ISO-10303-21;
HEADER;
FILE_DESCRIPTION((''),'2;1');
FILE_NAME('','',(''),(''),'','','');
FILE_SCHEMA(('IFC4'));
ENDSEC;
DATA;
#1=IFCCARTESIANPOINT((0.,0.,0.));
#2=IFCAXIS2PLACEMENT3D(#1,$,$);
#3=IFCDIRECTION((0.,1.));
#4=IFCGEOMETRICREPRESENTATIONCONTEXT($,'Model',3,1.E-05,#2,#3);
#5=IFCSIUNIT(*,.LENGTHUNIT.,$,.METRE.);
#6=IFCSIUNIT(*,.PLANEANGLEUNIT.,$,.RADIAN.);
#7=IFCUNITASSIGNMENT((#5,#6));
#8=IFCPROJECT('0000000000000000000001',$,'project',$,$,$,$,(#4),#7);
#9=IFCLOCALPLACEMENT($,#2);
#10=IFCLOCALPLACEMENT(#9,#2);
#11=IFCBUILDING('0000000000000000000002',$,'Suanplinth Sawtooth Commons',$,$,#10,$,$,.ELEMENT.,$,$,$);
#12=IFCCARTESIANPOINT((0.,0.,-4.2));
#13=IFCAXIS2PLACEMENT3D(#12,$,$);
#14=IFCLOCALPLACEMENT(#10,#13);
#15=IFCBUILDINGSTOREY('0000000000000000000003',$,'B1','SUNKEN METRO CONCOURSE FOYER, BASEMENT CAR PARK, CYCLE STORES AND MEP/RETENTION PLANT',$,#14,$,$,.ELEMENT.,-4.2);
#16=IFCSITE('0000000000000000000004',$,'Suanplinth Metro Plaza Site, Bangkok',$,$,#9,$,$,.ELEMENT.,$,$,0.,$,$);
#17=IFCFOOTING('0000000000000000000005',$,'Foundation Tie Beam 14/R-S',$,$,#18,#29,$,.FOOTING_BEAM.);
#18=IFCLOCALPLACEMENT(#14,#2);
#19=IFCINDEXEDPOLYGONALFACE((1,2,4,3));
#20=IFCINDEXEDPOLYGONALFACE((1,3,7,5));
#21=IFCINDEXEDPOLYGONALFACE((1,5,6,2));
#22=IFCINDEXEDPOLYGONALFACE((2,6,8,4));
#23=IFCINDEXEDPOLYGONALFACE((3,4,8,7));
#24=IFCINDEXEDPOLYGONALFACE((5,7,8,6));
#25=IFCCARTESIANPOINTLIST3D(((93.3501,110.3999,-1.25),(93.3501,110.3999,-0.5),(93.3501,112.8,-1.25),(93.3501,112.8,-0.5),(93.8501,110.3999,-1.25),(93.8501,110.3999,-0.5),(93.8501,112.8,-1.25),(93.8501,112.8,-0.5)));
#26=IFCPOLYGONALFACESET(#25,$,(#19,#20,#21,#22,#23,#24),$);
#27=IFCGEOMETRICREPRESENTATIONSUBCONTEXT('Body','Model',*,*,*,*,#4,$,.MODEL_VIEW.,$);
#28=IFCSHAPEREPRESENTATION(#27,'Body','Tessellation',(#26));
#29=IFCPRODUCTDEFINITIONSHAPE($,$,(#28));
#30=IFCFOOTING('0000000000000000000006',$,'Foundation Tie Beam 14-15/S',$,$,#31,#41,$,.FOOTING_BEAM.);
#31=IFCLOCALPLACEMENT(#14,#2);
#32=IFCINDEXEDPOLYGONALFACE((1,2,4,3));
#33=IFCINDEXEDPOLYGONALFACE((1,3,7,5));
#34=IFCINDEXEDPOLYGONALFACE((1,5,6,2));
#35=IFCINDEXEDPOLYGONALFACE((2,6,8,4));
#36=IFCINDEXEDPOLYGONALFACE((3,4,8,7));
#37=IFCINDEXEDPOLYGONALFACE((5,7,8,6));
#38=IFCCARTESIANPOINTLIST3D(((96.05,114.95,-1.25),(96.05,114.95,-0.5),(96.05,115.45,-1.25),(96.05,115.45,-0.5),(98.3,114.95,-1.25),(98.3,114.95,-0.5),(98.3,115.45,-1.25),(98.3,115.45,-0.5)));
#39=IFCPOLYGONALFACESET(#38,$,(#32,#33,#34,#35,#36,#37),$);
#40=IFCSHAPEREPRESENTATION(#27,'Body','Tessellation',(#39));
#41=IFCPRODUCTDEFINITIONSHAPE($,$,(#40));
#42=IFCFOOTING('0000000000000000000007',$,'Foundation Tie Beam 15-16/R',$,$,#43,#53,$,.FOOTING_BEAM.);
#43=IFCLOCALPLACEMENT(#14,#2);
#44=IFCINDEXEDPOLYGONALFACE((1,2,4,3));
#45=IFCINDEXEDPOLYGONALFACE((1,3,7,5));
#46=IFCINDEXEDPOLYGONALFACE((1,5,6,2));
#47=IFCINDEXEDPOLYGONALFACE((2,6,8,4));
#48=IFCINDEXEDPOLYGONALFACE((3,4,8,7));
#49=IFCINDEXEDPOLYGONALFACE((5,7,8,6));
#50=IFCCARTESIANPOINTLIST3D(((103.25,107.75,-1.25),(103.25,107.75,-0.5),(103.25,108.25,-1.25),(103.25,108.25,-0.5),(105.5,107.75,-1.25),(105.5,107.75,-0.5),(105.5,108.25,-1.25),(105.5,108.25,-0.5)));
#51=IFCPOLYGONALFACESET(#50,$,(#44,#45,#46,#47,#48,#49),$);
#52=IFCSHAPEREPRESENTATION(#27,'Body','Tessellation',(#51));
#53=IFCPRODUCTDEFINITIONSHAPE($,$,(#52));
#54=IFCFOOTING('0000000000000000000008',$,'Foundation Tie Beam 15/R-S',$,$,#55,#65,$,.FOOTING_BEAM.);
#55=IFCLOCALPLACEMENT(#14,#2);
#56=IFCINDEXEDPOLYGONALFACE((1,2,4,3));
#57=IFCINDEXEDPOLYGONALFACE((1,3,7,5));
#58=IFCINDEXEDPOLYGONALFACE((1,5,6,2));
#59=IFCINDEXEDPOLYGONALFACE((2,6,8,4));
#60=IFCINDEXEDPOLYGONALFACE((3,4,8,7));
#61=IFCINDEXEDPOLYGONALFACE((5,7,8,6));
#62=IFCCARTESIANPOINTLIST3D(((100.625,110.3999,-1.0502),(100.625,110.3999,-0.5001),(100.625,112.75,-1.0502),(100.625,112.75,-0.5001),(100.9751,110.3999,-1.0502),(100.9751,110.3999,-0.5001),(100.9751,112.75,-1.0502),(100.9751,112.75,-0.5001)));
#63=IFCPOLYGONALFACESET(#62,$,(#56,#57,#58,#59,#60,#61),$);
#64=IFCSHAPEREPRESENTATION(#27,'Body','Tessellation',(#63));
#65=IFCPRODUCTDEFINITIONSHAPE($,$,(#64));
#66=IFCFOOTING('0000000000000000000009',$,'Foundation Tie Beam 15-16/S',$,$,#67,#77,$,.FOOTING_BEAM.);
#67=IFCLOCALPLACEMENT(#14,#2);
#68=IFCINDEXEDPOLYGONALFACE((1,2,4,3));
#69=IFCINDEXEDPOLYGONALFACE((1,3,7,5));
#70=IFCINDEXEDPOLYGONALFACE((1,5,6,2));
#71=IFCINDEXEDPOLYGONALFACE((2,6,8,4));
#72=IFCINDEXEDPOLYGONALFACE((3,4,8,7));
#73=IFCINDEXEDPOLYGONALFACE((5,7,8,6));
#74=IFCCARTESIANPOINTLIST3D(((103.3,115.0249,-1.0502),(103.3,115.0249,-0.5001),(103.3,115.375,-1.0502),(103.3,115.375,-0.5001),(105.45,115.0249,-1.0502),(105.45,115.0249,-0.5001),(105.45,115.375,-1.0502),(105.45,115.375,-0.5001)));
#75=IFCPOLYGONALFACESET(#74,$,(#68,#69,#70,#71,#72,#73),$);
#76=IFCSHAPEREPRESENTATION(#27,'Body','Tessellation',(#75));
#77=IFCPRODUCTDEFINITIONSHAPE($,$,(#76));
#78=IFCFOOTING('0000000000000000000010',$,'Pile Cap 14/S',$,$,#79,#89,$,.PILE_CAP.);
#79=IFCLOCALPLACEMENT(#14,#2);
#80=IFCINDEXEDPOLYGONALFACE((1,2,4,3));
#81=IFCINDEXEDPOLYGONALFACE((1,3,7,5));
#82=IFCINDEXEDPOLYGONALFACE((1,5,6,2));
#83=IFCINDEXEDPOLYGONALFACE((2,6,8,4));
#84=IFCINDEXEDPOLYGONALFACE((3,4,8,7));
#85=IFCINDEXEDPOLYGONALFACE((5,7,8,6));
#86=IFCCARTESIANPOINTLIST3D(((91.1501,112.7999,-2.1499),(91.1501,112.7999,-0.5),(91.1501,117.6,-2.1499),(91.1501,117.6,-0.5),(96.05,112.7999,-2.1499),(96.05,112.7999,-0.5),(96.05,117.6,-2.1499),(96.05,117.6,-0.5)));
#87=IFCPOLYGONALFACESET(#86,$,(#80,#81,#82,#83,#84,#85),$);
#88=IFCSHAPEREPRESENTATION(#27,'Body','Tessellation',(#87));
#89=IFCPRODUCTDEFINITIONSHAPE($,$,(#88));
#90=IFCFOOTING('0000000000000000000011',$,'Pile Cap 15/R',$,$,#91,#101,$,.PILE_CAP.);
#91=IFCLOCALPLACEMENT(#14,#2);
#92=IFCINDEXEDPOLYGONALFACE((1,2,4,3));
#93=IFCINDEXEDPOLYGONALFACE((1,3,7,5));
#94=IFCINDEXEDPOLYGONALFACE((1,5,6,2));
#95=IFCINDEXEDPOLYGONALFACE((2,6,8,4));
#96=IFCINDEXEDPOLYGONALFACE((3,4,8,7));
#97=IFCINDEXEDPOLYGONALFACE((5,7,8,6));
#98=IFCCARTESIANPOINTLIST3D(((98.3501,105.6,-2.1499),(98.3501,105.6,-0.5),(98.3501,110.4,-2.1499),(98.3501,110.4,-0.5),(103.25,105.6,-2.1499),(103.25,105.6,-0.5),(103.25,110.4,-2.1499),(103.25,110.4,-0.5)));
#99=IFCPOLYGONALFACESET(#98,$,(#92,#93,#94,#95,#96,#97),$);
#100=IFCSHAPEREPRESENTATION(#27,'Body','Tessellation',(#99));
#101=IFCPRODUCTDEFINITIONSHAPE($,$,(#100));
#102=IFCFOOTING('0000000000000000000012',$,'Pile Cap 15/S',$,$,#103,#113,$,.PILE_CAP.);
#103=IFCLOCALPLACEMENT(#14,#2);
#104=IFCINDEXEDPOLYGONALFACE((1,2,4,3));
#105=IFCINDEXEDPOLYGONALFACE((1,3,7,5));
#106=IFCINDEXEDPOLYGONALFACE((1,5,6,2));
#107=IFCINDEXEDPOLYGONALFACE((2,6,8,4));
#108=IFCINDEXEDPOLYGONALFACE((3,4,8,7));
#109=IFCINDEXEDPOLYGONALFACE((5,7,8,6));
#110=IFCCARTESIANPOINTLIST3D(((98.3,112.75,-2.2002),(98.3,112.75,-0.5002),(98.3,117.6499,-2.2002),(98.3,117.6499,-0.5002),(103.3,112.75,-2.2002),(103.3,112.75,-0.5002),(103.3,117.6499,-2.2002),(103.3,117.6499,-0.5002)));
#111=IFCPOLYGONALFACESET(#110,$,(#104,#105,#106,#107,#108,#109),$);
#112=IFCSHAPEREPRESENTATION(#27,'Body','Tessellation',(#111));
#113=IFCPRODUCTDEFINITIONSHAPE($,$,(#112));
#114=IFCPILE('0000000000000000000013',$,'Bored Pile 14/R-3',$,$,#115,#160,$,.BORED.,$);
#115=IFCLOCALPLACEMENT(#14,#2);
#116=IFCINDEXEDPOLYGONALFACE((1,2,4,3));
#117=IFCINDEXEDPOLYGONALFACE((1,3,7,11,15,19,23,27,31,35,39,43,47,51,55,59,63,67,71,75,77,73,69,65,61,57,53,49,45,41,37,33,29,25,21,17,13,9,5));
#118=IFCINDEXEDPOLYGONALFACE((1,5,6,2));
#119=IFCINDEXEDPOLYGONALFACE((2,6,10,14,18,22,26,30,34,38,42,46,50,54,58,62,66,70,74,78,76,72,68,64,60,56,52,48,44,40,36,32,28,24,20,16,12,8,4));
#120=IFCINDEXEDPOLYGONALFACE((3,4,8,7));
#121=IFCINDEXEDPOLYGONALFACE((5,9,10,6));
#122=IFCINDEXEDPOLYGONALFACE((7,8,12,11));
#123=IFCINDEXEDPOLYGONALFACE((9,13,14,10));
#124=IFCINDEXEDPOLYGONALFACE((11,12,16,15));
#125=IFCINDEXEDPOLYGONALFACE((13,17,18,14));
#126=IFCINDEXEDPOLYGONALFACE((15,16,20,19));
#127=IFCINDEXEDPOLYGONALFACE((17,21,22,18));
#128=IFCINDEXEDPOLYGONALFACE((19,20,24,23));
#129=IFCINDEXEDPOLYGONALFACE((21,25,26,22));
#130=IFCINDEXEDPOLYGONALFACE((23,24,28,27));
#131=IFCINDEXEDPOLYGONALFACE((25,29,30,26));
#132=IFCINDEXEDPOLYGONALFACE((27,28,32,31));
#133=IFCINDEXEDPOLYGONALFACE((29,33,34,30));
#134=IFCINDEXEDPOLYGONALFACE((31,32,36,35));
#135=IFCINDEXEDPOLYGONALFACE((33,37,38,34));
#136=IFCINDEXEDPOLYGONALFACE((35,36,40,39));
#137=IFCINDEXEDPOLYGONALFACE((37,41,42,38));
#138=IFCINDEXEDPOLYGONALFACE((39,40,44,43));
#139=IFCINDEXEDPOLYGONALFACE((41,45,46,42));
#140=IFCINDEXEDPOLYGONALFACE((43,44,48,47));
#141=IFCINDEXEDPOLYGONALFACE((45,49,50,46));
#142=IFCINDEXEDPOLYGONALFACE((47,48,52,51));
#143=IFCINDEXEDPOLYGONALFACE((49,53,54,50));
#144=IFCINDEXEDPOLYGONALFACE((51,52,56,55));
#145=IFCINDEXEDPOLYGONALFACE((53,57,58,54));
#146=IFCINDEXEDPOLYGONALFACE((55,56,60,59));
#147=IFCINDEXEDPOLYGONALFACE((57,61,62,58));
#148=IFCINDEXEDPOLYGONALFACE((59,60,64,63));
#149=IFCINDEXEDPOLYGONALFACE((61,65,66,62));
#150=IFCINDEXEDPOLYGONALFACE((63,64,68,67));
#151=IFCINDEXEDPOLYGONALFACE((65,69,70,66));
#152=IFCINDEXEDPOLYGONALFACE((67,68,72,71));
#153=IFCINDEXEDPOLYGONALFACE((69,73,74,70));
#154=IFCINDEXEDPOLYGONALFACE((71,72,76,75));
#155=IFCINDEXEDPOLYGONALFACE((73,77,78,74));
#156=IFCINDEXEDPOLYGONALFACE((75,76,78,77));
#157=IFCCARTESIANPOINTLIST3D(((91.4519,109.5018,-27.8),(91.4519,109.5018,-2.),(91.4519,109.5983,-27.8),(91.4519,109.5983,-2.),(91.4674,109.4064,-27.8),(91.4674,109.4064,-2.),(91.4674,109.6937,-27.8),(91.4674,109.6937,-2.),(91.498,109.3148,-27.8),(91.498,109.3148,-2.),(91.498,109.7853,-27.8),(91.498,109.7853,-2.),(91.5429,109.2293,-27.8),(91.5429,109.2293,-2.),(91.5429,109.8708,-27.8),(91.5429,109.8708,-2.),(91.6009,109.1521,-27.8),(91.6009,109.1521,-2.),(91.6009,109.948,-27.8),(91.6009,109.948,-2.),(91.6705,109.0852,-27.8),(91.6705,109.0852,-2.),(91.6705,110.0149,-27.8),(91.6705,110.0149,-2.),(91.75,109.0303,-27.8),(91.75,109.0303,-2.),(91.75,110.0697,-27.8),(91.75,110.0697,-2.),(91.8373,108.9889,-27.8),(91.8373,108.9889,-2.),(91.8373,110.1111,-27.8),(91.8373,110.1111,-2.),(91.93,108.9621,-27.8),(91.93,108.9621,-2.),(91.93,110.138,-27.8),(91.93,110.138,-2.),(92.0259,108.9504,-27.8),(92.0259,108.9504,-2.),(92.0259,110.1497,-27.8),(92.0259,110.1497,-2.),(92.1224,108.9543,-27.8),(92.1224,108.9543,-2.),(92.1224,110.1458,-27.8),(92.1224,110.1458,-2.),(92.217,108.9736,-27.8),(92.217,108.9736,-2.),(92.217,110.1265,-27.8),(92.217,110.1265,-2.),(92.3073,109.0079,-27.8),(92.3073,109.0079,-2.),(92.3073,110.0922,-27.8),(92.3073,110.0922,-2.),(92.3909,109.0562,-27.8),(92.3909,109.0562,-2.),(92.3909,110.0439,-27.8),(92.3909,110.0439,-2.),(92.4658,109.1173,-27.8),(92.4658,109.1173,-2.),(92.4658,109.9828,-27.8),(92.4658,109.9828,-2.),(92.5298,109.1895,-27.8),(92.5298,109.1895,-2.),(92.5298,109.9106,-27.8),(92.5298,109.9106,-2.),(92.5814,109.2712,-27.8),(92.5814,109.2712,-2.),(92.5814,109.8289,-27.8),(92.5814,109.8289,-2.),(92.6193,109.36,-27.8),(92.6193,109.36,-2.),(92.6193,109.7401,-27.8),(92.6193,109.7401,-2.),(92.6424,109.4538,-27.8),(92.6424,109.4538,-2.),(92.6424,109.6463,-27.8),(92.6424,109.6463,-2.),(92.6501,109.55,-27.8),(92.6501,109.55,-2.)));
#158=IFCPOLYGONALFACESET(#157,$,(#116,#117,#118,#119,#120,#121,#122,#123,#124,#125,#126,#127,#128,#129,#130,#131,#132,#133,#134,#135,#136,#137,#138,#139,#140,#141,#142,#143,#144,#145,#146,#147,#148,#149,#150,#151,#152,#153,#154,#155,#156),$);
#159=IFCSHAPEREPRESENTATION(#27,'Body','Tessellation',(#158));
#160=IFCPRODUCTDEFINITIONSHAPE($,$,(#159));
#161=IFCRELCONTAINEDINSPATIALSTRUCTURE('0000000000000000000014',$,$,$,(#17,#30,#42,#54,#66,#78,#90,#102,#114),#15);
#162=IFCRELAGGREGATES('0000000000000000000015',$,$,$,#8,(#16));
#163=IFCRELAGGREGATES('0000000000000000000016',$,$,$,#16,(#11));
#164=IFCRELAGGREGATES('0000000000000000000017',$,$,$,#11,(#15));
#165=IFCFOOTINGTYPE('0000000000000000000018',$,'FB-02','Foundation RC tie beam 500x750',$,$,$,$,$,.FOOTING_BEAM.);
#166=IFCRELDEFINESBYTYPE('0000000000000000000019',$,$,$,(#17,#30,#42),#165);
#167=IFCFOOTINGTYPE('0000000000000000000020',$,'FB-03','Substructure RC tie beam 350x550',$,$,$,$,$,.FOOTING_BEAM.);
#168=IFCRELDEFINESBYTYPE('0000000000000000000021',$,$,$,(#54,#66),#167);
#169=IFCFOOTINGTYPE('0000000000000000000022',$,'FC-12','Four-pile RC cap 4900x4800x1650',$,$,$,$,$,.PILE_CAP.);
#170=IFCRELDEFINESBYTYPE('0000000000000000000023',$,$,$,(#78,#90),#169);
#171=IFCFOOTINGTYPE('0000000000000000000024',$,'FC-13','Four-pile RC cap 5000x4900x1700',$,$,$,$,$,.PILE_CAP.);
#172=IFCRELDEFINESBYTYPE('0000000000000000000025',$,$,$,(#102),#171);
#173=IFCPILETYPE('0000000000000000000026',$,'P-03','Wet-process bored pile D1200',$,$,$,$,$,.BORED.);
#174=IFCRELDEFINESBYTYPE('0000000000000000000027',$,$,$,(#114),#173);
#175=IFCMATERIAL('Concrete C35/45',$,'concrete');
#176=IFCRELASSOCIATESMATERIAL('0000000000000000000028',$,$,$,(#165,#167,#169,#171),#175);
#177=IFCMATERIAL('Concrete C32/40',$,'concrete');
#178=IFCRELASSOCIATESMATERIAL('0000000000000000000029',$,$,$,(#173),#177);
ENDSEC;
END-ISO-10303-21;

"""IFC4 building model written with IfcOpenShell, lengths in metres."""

from ifc_helpers import new_model, si_unit, direction, frame, origin, origin_2d, place, context, subcontext, project, spatial, rectangle, circle, extrude, material, material_profile, profile_set, type_object, element, save


model = new_model("IFC4")

# Units and contexts
model_context = context("Model", 3, precision=1e-05, world=origin(), true_north=direction((0.0, 1.0)))
body_context = subcontext(model_context, "Body", "Model", "MODEL_VIEW")
ifc_project = project(units=[si_unit("LENGTHUNIT", "METRE"), si_unit("PLANEANGLEUNIT", "RADIAN")], contexts=[model_context])

# Site, building, storey
site_placement = place(None, origin())
site = spatial("IfcSite", under=ifc_project, at=site_placement, Name="Suanplinth Metro Plaza Site, Bangkok", CompositionType="ELEMENT", RefElevation=0.0)
building_placement = place(site_placement, origin())
building = spatial("IfcBuilding", under=site, at=building_placement, Name="Suanplinth Sawtooth Commons", CompositionType="ELEMENT")
storey_placement = place(building_placement, frame((0.0, 0.0, -4.2)))
storey = spatial("IfcBuildingStorey", under=building, at=storey_placement, Name="B1", Description="SUNKEN METRO CONCOURSE FOYER, BASEMENT CAR PARK, CYCLE STORES AND MEP/RETENTION PLANT", CompositionType="ELEMENT", Elevation=-4.2)

# Footings
ifc_material_1 = material(Name="Concrete C35/45", Category="concrete")
ifc_material_profile_1 = material_profile(ifc_material_1, rectangle(XDim=0.5, YDim=0.75, at=origin_2d()), Name="RC-GDR 500x750")
ifc_profile_set_1 = profile_set([ifc_material_profile_1], Name="Concrete C35/45")
footing_type_1 = type_object("IfcFootingType", Name="FB-02", Description="Foundation RC tie beam 500x750", PredefinedType="FOOTING_BEAM", material=ifc_profile_set_1)
footing_1_placement = place(storey_placement, frame((93.6001, 110.3999, -0.875), z_axis=(0.0, 1.0, 0.0), x_axis=(-1.0, 0.0, 0.0)))
element("IfcFooting", 1, at=footing_1_placement, inside=storey, type_object=footing_type_1, Name="Foundation Tie Beam 14/R-S", PredefinedType="FOOTING_BEAM", context=body_context, shape_type="SweptSolid", body=[
    extrude(rectangle(XDim=0.5, YDim=0.75, at=origin_2d()), origin(), (0.0, 0.0, 1.0), 2.4001),
])
for number, where, z_axis, x_axis, name in (
    (2, (96.05, 115.2, -0.875), (1.0, 0.0, 0.0), (0.0, 1.0, 0.0), "Foundation Tie Beam 14-15/S"),
    (3, (103.25, 108.0, -0.875), (1.0, 0.0, 0.0), (0.0, 1.0, 0.0), "Foundation Tie Beam 15-16/R"),
):
    element("IfcFooting", number, at=place(storey_placement, frame(where, z_axis=z_axis, x_axis=x_axis)), inside=storey, type_object=footing_type_1, Name=name, PredefinedType="FOOTING_BEAM", context=body_context, shape_type="SweptSolid", body=[
        extrude(rectangle(XDim=0.5, YDim=0.75, at=origin_2d()), origin(), (0.0, 0.0, 1.0), 2.25),
    ])
ifc_material_profile_2 = material_profile(ifc_material_1, rectangle(XDim=0.3501, YDim=0.55, at=origin_2d()), Name="PC-BM 350x550")
ifc_profile_set_2 = profile_set([ifc_material_profile_2], Name="Concrete C35/45")
footing_type_2 = type_object("IfcFootingType", Name="FB-03", Description="Substructure RC tie beam 350x550", PredefinedType="FOOTING_BEAM", material=ifc_profile_set_2)
footing_2_placement = place(storey_placement, frame((100.8, 110.3999, -0.7751), z_axis=(0.0, 1.0, 0.0), x_axis=(-1.0, 0.0, 0.0)))
element("IfcFooting", 4, at=footing_2_placement, inside=storey, type_object=footing_type_2, Name="Foundation Tie Beam 15/R-S", PredefinedType="FOOTING_BEAM", context=body_context, shape_type="SweptSolid", body=[
    extrude(rectangle(XDim=0.3501, YDim=0.55, at=origin_2d()), origin(), (0.0, 0.0, 1.0), 2.3501),
])
footing_3_placement = place(storey_placement, frame((103.3, 115.2, -0.7751), z_axis=(1.0, 0.0, 0.0), x_axis=(0.0, 1.0, 0.0)))
element("IfcFooting", 5, at=footing_3_placement, inside=storey, type_object=footing_type_2, Name="Foundation Tie Beam 15-16/S", PredefinedType="FOOTING_BEAM", context=body_context, shape_type="SweptSolid", body=[
    extrude(rectangle(XDim=0.3501, YDim=0.55, at=origin_2d()), origin(), (0.0, 0.0, 1.0), 2.1499),
])
footing_type_3 = type_object("IfcFootingType", Name="FC-12", Description="Four-pile RC cap 4900x4800x1650", PredefinedType="PILE_CAP", material=ifc_material_1)
for number, where, z_axis, x_axis, name in (
    (6, (93.6001, 115.2, -2.1499), (0.0, 0.0, 1.0), (1.0, 0.0, 0.0), "Pile Cap 14/S"),
    (7, (100.8, 108.0, -2.1499), (0.0, 0.0, 1.0), (1.0, 0.0, 0.0), "Pile Cap 15/R"),
):
    element("IfcFooting", number, at=place(storey_placement, frame(where, z_axis=z_axis, x_axis=x_axis)), inside=storey, type_object=footing_type_3, Name=name, PredefinedType="PILE_CAP", context=body_context, shape_type="SweptSolid", body=[
        extrude(rectangle(XDim=4.8999, YDim=4.8, at=origin_2d()), origin(), (0.0, 0.0, 1.0), 1.6499),
    ])
footing_type_4 = type_object("IfcFootingType", Name="FC-13", Description="Four-pile RC cap 5000x4900x1700", PredefinedType="PILE_CAP", material=ifc_material_1)
footing_4_placement = place(storey_placement, frame((100.8, 115.2, -2.2002), z_axis=(0.0, 0.0, 1.0), x_axis=(1.0, 0.0, 0.0)))
element("IfcFooting", 8, at=footing_4_placement, inside=storey, type_object=footing_type_4, Name="Pile Cap 15/S", PredefinedType="PILE_CAP", context=body_context, shape_type="SweptSolid", body=[
    extrude(rectangle(XDim=5.0, YDim=4.8999, at=origin_2d()), origin(), (0.0, 0.0, 1.0), 1.7),
])

# Pile
ifc_material_2 = material(Name="Concrete C32/40", Category="concrete")
ifc_material_profile_3 = material_profile(ifc_material_2, circle(Radius=0.6001, at=origin_2d()), Name="PILE D1200")
ifc_profile_set_3 = profile_set([ifc_material_profile_3], Name="Concrete C32/40")
pile_type = type_object("IfcPileType", Name="P-03", Description="Wet-process bored pile D1200", PredefinedType="BORED", material=ifc_profile_set_3)
for number, where, z_axis, x_axis, name in (
    (9, (92.05, 109.55, -2.0), (0.0, 0.0, -1.0), (1.0, 0.0, 0.0), "Bored Pile 14/R-3"),
):
    element("IfcPile", number, at=place(storey_placement, frame(where, z_axis=z_axis, x_axis=x_axis)), inside=storey, type_object=pile_type, Name=name, PredefinedType="BORED", context=body_context, shape_type="SweptSolid", body=[
        extrude(circle(Radius=0.6001, at=origin_2d()), origin(), (0.0, 0.0, 1.0), 25.8),
    ])

save(model, "model.ifc")
